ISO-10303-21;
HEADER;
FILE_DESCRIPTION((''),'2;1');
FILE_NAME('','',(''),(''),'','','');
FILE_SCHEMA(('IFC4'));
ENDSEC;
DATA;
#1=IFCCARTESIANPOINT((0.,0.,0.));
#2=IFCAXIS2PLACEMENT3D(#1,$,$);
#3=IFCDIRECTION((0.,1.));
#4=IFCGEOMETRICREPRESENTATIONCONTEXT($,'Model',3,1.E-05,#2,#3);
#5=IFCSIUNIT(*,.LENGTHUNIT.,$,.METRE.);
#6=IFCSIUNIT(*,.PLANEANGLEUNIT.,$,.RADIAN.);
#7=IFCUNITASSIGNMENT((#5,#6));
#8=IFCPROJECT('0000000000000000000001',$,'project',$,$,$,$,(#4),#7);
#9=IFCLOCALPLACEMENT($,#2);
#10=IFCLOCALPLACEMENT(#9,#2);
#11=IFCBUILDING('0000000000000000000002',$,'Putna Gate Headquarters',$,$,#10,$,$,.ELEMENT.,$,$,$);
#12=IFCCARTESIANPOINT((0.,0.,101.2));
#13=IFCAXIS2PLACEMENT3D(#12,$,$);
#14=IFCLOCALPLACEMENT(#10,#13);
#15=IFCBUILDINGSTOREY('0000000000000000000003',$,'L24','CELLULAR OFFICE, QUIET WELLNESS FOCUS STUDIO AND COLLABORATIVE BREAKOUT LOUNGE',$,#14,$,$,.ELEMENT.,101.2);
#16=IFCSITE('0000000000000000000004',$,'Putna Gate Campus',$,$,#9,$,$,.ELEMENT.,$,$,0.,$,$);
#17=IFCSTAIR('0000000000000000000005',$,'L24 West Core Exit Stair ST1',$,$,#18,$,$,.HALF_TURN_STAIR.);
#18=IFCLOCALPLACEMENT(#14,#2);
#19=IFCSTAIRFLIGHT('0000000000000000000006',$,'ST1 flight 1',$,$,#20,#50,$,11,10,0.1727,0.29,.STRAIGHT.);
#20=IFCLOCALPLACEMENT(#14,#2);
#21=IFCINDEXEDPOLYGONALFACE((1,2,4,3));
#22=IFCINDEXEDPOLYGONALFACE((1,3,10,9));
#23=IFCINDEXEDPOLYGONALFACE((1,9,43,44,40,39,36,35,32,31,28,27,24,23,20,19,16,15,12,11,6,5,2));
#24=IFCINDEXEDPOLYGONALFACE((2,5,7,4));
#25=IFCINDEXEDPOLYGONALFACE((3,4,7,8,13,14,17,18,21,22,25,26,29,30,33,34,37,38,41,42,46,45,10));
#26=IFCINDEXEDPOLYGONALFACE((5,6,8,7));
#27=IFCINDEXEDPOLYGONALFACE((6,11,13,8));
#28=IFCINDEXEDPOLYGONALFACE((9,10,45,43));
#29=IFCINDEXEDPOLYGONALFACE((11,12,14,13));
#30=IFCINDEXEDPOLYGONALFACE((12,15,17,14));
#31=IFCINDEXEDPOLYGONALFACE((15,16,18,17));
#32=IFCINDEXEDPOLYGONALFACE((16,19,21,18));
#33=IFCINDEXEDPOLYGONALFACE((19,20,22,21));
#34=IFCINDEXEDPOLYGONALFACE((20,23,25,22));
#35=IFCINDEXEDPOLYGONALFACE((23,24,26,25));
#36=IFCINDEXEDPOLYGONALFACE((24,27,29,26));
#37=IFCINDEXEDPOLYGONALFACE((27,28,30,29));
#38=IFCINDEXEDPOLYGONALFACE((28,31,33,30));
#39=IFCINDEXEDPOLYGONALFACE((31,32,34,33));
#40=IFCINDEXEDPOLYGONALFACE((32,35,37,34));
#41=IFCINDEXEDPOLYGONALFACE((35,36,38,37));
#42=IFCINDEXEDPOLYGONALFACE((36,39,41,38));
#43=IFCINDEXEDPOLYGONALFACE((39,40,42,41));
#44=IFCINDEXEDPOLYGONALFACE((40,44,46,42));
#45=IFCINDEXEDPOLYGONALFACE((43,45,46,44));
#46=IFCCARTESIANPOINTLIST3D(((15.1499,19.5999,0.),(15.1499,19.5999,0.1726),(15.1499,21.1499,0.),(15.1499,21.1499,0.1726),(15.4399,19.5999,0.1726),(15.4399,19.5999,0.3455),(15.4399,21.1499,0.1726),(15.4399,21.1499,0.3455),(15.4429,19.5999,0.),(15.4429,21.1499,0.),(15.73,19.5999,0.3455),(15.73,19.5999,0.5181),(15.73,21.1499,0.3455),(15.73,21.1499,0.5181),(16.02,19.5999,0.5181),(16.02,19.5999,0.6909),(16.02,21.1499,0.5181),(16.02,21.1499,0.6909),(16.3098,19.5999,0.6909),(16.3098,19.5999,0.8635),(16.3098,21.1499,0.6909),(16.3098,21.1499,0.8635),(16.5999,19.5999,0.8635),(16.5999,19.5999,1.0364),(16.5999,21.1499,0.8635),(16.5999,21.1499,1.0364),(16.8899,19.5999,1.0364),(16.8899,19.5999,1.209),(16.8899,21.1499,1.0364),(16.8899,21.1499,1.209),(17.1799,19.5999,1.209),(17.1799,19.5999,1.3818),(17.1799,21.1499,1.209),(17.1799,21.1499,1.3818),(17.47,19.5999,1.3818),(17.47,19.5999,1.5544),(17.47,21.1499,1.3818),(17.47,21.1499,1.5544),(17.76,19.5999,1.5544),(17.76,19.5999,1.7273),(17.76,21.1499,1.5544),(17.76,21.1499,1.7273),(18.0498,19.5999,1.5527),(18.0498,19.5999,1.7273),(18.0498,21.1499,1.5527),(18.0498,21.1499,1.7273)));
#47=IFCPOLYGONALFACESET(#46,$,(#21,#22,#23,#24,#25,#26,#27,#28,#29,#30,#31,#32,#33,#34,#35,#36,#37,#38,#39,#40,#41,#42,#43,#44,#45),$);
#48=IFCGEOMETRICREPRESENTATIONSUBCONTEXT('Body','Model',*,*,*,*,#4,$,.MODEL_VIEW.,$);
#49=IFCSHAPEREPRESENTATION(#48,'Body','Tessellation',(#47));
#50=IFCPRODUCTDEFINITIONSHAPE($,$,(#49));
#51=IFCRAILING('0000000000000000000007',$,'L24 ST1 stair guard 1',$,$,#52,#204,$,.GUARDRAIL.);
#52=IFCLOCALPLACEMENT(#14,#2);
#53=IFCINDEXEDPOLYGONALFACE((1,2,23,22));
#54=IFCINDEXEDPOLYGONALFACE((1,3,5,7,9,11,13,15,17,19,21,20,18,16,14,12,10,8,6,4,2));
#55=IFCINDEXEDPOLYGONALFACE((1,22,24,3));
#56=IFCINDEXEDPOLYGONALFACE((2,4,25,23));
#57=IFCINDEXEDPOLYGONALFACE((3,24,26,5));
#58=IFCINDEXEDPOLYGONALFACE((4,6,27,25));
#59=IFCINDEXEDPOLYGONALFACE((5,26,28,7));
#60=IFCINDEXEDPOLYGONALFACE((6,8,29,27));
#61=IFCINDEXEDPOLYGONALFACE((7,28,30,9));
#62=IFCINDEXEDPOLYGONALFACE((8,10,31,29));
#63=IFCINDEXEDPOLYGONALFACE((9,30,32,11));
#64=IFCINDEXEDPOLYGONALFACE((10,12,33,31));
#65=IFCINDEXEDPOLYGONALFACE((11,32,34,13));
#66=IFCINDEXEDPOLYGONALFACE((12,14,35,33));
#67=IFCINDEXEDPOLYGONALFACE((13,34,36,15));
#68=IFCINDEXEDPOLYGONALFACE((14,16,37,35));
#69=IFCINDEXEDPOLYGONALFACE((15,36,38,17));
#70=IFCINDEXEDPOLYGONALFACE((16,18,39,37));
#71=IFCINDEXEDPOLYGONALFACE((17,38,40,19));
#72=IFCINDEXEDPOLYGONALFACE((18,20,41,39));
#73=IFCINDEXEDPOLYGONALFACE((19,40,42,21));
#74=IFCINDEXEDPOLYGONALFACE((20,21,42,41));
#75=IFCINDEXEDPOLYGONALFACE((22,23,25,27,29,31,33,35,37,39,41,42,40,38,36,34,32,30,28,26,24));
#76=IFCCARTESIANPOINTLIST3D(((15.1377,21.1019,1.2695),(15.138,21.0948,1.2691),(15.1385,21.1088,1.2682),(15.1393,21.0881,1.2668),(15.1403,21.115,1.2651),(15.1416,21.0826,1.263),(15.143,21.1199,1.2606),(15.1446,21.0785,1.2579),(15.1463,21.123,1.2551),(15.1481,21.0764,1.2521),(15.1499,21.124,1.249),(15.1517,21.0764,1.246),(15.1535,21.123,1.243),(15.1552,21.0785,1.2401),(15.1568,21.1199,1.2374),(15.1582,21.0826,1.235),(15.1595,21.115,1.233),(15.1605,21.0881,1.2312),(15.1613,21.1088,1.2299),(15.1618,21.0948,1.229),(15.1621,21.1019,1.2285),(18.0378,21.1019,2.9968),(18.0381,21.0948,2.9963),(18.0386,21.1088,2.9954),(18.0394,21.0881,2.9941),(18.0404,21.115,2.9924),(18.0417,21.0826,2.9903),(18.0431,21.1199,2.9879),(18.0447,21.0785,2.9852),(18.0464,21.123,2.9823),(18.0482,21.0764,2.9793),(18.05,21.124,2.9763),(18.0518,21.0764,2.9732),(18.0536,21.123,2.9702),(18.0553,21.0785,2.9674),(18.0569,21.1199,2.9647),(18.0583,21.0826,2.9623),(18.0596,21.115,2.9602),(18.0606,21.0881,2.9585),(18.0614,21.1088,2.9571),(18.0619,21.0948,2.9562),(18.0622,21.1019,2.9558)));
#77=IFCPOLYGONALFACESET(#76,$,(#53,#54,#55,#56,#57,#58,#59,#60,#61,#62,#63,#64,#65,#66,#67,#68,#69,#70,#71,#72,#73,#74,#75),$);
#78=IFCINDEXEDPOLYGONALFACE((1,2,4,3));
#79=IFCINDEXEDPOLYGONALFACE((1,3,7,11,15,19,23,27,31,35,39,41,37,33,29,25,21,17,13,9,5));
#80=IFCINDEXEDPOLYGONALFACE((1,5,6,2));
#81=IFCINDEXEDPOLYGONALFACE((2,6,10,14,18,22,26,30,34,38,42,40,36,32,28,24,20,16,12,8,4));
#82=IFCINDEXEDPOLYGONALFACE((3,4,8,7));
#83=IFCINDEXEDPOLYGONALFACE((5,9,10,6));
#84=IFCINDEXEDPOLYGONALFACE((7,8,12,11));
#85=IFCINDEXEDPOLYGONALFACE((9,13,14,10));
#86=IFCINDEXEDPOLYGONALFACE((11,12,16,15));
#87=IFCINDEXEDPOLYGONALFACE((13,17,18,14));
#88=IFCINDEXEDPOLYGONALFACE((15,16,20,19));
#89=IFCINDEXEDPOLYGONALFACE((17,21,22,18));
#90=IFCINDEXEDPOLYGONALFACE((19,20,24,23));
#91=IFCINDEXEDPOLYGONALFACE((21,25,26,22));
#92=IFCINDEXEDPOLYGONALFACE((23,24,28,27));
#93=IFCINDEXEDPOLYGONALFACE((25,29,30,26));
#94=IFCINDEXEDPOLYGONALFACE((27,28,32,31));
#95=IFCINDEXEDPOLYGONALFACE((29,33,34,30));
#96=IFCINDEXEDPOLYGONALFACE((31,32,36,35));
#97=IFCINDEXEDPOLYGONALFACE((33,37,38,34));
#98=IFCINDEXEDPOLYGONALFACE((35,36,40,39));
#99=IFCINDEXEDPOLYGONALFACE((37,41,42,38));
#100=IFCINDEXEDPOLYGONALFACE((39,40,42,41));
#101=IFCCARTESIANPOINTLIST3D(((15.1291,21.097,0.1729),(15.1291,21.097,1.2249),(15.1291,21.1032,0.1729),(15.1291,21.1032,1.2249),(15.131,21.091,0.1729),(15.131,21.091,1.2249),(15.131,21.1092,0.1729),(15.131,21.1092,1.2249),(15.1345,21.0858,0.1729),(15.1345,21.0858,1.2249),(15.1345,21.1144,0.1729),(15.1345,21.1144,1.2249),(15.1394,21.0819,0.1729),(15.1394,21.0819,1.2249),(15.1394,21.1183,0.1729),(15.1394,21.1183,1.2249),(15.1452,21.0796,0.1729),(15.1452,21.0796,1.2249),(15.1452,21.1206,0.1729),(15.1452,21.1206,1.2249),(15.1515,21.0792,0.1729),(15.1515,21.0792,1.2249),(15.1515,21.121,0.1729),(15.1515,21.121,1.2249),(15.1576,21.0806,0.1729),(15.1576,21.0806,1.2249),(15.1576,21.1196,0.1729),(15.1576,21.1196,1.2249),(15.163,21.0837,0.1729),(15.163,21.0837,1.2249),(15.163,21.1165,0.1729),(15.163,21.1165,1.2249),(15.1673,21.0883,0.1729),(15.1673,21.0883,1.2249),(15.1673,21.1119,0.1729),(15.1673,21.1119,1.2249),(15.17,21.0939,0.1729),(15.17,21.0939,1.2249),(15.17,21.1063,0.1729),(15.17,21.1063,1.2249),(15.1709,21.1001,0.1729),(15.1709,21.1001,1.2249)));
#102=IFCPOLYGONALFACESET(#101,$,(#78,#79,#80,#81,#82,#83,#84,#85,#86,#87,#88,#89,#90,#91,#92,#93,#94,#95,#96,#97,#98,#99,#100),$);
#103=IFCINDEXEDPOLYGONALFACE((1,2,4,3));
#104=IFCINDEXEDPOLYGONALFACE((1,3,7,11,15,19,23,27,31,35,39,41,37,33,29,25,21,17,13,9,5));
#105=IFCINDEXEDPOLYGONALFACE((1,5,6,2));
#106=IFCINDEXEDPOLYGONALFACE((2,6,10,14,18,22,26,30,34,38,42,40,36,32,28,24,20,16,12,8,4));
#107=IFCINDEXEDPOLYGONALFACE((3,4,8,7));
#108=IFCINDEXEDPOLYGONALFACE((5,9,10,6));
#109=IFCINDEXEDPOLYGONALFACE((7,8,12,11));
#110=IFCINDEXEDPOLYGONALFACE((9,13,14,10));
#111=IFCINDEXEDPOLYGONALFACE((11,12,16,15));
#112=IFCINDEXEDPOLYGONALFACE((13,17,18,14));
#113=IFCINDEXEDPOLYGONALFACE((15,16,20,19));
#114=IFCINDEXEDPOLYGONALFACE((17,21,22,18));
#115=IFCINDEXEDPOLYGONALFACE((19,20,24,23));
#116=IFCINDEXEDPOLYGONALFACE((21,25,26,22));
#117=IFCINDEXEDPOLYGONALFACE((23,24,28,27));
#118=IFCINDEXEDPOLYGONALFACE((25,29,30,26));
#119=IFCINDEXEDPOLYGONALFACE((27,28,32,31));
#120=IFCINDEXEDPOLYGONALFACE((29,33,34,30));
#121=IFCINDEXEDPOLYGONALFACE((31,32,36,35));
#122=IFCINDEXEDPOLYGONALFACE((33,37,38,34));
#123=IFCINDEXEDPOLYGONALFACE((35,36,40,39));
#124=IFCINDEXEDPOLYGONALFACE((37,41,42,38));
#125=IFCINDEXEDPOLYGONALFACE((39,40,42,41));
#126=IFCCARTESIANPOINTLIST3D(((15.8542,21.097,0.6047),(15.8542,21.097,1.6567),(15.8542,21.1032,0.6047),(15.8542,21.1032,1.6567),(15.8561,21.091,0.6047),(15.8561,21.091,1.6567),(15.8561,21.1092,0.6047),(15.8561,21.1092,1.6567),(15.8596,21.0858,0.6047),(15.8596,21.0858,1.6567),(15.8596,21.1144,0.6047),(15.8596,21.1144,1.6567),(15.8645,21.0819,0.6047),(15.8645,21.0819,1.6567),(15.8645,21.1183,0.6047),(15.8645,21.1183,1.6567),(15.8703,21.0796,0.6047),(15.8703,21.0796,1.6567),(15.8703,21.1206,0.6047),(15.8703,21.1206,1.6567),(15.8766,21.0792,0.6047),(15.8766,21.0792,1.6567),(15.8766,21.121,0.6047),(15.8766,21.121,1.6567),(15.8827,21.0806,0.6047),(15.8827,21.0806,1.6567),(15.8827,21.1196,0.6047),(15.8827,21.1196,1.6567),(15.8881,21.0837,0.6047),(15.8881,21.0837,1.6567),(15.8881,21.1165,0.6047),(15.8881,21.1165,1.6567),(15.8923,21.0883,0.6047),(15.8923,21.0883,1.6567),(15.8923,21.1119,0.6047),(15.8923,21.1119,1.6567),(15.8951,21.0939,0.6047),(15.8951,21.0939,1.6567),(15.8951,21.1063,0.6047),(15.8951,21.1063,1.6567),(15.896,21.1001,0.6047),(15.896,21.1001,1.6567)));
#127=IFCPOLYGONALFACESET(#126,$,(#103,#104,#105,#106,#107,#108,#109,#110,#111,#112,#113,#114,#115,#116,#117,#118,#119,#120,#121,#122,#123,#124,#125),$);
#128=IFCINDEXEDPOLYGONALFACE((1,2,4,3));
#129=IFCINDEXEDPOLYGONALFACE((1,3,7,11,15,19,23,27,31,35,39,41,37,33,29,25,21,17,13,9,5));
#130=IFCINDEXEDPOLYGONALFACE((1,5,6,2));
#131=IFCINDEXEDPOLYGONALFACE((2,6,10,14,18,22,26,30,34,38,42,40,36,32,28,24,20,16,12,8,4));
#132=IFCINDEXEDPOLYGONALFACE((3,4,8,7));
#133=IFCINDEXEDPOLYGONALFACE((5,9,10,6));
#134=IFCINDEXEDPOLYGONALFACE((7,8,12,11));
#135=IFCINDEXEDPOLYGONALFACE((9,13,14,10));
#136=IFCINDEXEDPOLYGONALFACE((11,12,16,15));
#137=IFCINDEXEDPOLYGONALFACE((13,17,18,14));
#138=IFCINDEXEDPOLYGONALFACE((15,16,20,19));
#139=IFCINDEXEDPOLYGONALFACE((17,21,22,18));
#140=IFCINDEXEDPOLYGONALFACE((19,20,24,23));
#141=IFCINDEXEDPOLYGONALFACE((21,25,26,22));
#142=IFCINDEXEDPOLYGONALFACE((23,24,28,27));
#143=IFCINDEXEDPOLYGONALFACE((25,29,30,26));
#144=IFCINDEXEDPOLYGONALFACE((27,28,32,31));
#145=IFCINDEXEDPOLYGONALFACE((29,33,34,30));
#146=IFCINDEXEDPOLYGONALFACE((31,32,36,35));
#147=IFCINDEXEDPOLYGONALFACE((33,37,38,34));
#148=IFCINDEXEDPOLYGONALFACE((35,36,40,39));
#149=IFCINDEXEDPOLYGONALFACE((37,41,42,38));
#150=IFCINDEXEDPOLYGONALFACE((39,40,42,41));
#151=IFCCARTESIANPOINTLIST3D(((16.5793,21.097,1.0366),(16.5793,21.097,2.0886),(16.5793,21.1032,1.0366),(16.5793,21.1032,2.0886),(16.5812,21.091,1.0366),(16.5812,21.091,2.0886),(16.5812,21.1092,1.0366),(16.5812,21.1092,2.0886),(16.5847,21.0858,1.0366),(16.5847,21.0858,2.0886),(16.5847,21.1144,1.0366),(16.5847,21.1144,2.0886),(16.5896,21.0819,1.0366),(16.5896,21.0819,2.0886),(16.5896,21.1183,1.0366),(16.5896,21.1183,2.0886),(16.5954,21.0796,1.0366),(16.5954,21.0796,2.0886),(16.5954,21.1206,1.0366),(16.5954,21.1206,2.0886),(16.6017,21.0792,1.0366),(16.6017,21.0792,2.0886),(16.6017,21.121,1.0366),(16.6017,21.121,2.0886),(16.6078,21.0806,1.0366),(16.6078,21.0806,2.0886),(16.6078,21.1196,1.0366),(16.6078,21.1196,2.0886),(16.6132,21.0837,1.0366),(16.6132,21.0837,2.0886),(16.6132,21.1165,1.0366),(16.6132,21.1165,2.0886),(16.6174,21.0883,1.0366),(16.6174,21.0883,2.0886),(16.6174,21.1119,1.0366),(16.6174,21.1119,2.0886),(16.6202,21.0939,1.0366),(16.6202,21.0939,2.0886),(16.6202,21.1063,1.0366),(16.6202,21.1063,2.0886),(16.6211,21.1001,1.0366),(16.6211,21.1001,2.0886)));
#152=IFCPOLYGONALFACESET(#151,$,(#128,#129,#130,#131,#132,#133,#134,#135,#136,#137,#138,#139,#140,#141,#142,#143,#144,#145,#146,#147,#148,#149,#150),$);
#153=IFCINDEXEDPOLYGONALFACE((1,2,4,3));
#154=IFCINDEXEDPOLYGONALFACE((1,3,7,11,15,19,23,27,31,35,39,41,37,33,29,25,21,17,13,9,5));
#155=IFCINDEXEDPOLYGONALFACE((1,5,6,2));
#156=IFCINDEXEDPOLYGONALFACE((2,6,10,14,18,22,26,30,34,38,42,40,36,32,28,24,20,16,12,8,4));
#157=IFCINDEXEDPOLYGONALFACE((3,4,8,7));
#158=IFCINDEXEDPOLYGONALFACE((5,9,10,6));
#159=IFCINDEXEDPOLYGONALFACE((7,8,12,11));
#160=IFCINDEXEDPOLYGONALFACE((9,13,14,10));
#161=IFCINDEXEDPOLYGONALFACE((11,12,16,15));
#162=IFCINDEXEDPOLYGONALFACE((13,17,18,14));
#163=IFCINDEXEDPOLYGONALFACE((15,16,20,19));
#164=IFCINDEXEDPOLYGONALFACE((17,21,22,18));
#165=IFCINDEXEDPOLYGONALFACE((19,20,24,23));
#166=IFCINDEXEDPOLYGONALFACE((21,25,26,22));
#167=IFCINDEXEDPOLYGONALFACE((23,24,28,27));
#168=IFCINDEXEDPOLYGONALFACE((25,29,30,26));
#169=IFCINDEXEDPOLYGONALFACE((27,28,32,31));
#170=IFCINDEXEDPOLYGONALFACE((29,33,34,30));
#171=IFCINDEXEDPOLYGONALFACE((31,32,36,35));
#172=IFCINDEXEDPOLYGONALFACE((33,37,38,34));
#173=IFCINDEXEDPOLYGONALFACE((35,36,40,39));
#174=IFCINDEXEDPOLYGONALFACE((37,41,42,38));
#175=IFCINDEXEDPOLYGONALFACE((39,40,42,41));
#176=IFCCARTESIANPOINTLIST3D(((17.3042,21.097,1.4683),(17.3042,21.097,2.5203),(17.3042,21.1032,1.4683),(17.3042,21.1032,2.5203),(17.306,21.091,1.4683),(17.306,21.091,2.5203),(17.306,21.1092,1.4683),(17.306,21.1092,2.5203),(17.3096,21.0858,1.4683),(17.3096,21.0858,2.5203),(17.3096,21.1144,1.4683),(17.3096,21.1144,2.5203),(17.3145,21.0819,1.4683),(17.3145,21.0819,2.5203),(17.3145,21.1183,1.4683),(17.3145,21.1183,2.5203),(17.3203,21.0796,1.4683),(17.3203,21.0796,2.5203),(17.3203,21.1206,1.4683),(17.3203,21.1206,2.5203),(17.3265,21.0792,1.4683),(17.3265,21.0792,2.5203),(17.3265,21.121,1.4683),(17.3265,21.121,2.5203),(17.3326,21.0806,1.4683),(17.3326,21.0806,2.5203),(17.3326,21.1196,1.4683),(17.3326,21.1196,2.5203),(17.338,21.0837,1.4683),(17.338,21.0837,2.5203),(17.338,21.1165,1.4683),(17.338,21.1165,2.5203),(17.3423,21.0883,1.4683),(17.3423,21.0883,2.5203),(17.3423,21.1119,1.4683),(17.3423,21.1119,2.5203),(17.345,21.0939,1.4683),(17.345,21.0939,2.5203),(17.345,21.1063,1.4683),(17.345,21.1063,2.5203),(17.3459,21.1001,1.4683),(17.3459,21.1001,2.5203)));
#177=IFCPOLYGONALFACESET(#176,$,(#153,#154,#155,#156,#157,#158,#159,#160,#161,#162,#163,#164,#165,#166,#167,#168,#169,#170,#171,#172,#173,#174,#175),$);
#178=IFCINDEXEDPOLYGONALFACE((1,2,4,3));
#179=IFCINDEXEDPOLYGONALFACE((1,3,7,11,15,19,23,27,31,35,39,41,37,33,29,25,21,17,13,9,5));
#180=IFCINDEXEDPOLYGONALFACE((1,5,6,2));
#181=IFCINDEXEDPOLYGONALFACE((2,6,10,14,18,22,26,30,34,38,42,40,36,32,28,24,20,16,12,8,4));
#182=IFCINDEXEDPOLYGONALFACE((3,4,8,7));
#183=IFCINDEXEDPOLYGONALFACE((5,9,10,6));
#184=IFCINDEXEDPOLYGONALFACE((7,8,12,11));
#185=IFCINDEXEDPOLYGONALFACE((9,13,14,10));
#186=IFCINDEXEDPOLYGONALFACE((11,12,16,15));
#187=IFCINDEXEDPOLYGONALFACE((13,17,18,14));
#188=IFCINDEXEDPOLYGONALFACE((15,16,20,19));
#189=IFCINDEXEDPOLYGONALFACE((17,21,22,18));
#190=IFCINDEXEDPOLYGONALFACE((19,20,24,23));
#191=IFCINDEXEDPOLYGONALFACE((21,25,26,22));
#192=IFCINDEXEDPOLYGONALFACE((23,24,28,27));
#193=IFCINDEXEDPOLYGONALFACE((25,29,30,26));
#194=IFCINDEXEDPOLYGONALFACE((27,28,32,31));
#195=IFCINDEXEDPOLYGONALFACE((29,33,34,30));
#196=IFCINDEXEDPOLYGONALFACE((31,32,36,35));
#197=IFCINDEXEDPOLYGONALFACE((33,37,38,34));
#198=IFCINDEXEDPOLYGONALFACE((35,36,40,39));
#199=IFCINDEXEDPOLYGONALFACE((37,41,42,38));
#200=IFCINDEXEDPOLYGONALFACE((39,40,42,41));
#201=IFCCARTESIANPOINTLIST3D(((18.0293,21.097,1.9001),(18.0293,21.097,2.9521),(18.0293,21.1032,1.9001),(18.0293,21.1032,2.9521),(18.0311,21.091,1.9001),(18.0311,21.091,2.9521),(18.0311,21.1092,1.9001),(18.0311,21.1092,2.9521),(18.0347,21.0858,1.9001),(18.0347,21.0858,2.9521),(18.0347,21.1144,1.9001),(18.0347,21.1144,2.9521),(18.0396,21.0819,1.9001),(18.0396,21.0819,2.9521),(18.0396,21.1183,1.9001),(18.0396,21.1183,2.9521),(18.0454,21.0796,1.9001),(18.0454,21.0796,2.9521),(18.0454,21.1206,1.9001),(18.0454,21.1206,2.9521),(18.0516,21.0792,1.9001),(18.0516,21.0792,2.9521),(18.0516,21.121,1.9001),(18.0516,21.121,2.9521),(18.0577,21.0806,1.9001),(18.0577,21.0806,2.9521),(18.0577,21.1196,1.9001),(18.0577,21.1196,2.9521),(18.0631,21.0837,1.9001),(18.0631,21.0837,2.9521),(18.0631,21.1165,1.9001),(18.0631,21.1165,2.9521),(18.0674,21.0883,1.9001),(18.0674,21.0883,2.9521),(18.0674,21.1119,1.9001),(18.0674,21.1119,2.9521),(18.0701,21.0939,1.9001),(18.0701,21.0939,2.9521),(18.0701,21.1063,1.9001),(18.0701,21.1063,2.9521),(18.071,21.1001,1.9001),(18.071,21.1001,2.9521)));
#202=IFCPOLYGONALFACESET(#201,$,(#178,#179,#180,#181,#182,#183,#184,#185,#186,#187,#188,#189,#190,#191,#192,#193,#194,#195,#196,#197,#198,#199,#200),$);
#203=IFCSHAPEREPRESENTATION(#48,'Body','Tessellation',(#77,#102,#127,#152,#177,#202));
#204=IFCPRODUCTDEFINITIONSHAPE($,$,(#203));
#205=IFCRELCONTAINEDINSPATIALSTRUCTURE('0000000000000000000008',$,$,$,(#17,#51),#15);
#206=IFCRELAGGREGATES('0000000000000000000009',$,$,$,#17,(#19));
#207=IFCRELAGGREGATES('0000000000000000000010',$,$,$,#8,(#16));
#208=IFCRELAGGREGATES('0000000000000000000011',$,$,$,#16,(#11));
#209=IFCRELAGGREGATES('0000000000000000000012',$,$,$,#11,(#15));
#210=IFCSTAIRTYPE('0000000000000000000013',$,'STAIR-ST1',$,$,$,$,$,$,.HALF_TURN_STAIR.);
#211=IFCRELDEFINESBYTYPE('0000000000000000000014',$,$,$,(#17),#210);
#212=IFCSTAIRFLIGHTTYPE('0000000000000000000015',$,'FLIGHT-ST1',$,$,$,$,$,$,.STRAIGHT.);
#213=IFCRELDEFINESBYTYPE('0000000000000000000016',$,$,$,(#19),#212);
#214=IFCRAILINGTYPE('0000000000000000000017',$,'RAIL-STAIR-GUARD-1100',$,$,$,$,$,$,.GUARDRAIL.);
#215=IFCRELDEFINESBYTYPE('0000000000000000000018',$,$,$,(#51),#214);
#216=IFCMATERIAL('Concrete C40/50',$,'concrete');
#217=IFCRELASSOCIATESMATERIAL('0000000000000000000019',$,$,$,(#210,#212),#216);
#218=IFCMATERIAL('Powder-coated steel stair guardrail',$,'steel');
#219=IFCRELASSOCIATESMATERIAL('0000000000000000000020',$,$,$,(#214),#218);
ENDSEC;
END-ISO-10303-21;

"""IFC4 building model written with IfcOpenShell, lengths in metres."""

from ifc_helpers import new_model, si_unit, direction, frame, origin, origin_2d, place, context, subcontext, project, spatial, polyline, circle, outline, extrude, material, type_object, element, aggregate, save


model = new_model("IFC4")

# Units and contexts
model_context = context("Model", 3, precision=1e-05, world=origin(), true_north=direction((0.0, 1.0)))
body_context = subcontext(model_context, "Body", "Model", "MODEL_VIEW")
ifc_project = project(units=[si_unit("LENGTHUNIT", "METRE"), si_unit("PLANEANGLEUNIT", "RADIAN")], contexts=[model_context])

# Site, building, storey
site_placement = place(None, origin())
site = spatial("IfcSite", under=ifc_project, at=site_placement, Name="Putna Gate Campus", CompositionType="ELEMENT", RefElevation=0.0)
building_placement = place(site_placement, origin())
building = spatial("IfcBuilding", under=site, at=building_placement, Name="Putna Gate Headquarters", CompositionType="ELEMENT")
storey_placement = place(building_placement, frame((0.0, 0.0, 101.2)))
storey = spatial("IfcBuildingStorey", under=building, at=storey_placement, Name="L24", Description="CELLULAR OFFICE, QUIET WELLNESS FOCUS STUDIO AND COLLABORATIVE BREAKOUT LOUNGE", CompositionType="ELEMENT", Elevation=101.2)

# Shared definitions
ifc_material_1 = material(Name="Concrete C40/50", Category="concrete")

# Stair, stair flight
stair_type = type_object("IfcStairType", Name="STAIR-ST1", PredefinedType="HALF_TURN_STAIR", material=ifc_material_1)
stair_placement = place(storey_placement, origin())
stair = element("IfcStair", 1, at=stair_placement, inside=storey, type_object=stair_type, Name="L24 West Core Exit Stair ST1", PredefinedType="HALF_TURN_STAIR")
stair_flight_type = type_object("IfcStairFlightType", Name="FLIGHT-ST1", PredefinedType="STRAIGHT", material=ifc_material_1)
stair_flight_placement = place(storey_placement, frame((15.1499, 20.375, 0.0), z_axis=(0.0, 0.0, 1.0), x_axis=(1.0, 0.0, 0.0)))
stair_flight = element("IfcStairFlight", 2, at=stair_flight_placement, type_object=stair_flight_type, Name="ST1 flight 1", NumberOfRisers=11, NumberOfTreads=10, PredefinedType="STRAIGHT", RiserHeight=0.1727, TreadLength=0.29, context=body_context, shape_type="SweptSolid", body=[
    extrude(outline(polyline([(0.0, 0.0), (0.0, 0.1726), (0.29, 0.1726), (0.29, 0.3455), (0.5801, 0.3455), (0.5801, 0.5181), (0.8701, 0.5181), (0.8701, 0.6909), (1.1599, 0.6909), (1.1599, 0.8635), (1.45, 0.8635), (1.45, 1.0364), (1.74, 1.0364), (1.74, 1.209), (2.03, 1.209), (2.03, 1.3818), (2.3201, 1.3818), (2.3201, 1.5544), (2.6101, 1.5544), (2.6101, 1.7273), (2.8999, 1.7273), (2.8999, 1.8999), (2.8999, 1.5527), (0.293, 0.0), (0.0, 0.0)])), frame((0.0, 0.7749, 0.0), z_axis=(0.0, -1.0, 0.0), x_axis=(1.0, 0.0, 0.0)), (0.0, 0.0, 1.0), 1.55),
])
aggregate(stair, [stair_flight])

# Railing
ifc_material_2 = material(Name="Powder-coated steel stair guardrail", Category="steel")
railing_type = type_object("IfcRailingType", Name="RAIL-STAIR-GUARD-1100", PredefinedType="GUARDRAIL", material=ifc_material_2)
railing_1_placement = place(storey_placement, frame((15.1499, 21.1001, 0.1729)))
element("IfcRailing", 3, at=railing_1_placement, inside=storey, type_object=railing_type, Name="L24 ST1 stair guard 1", PredefinedType="GUARDRAIL", context=body_context, shape_type="SweptSolid", body=[
    extrude(circle(Radius=0.0239, at=origin_2d()), frame((0.0, 0.0, 1.0762), z_axis=(0.85916, 0.0, 0.511706), x_axis=(0.0, 1.0, 0.0)), (0.0, 0.0, 1.0), 3.3755),
    extrude(circle(Radius=0.021, at=origin_2d()), origin(), (0.0, 0.0, 1.0), 1.052),
    extrude(circle(Radius=0.021, at=origin_2d()), frame((0.7251, 0.0, 0.4319)), (0.0, 0.0, 1.0), 1.052),
    extrude(circle(Radius=0.021, at=origin_2d()), frame((1.4502, 0.0, 0.8638)), (0.0, 0.0, 1.0), 1.052),
    extrude(circle(Radius=0.021, at=origin_2d()), frame((2.175, 0.0, 1.2954)), (0.0, 0.0, 1.0), 1.052),
    extrude(circle(Radius=0.021, at=origin_2d()), frame((2.9001, 0.0, 1.7273)), (0.0, 0.0, 1.0), 1.052),
])

save(model, "model.ifc")
